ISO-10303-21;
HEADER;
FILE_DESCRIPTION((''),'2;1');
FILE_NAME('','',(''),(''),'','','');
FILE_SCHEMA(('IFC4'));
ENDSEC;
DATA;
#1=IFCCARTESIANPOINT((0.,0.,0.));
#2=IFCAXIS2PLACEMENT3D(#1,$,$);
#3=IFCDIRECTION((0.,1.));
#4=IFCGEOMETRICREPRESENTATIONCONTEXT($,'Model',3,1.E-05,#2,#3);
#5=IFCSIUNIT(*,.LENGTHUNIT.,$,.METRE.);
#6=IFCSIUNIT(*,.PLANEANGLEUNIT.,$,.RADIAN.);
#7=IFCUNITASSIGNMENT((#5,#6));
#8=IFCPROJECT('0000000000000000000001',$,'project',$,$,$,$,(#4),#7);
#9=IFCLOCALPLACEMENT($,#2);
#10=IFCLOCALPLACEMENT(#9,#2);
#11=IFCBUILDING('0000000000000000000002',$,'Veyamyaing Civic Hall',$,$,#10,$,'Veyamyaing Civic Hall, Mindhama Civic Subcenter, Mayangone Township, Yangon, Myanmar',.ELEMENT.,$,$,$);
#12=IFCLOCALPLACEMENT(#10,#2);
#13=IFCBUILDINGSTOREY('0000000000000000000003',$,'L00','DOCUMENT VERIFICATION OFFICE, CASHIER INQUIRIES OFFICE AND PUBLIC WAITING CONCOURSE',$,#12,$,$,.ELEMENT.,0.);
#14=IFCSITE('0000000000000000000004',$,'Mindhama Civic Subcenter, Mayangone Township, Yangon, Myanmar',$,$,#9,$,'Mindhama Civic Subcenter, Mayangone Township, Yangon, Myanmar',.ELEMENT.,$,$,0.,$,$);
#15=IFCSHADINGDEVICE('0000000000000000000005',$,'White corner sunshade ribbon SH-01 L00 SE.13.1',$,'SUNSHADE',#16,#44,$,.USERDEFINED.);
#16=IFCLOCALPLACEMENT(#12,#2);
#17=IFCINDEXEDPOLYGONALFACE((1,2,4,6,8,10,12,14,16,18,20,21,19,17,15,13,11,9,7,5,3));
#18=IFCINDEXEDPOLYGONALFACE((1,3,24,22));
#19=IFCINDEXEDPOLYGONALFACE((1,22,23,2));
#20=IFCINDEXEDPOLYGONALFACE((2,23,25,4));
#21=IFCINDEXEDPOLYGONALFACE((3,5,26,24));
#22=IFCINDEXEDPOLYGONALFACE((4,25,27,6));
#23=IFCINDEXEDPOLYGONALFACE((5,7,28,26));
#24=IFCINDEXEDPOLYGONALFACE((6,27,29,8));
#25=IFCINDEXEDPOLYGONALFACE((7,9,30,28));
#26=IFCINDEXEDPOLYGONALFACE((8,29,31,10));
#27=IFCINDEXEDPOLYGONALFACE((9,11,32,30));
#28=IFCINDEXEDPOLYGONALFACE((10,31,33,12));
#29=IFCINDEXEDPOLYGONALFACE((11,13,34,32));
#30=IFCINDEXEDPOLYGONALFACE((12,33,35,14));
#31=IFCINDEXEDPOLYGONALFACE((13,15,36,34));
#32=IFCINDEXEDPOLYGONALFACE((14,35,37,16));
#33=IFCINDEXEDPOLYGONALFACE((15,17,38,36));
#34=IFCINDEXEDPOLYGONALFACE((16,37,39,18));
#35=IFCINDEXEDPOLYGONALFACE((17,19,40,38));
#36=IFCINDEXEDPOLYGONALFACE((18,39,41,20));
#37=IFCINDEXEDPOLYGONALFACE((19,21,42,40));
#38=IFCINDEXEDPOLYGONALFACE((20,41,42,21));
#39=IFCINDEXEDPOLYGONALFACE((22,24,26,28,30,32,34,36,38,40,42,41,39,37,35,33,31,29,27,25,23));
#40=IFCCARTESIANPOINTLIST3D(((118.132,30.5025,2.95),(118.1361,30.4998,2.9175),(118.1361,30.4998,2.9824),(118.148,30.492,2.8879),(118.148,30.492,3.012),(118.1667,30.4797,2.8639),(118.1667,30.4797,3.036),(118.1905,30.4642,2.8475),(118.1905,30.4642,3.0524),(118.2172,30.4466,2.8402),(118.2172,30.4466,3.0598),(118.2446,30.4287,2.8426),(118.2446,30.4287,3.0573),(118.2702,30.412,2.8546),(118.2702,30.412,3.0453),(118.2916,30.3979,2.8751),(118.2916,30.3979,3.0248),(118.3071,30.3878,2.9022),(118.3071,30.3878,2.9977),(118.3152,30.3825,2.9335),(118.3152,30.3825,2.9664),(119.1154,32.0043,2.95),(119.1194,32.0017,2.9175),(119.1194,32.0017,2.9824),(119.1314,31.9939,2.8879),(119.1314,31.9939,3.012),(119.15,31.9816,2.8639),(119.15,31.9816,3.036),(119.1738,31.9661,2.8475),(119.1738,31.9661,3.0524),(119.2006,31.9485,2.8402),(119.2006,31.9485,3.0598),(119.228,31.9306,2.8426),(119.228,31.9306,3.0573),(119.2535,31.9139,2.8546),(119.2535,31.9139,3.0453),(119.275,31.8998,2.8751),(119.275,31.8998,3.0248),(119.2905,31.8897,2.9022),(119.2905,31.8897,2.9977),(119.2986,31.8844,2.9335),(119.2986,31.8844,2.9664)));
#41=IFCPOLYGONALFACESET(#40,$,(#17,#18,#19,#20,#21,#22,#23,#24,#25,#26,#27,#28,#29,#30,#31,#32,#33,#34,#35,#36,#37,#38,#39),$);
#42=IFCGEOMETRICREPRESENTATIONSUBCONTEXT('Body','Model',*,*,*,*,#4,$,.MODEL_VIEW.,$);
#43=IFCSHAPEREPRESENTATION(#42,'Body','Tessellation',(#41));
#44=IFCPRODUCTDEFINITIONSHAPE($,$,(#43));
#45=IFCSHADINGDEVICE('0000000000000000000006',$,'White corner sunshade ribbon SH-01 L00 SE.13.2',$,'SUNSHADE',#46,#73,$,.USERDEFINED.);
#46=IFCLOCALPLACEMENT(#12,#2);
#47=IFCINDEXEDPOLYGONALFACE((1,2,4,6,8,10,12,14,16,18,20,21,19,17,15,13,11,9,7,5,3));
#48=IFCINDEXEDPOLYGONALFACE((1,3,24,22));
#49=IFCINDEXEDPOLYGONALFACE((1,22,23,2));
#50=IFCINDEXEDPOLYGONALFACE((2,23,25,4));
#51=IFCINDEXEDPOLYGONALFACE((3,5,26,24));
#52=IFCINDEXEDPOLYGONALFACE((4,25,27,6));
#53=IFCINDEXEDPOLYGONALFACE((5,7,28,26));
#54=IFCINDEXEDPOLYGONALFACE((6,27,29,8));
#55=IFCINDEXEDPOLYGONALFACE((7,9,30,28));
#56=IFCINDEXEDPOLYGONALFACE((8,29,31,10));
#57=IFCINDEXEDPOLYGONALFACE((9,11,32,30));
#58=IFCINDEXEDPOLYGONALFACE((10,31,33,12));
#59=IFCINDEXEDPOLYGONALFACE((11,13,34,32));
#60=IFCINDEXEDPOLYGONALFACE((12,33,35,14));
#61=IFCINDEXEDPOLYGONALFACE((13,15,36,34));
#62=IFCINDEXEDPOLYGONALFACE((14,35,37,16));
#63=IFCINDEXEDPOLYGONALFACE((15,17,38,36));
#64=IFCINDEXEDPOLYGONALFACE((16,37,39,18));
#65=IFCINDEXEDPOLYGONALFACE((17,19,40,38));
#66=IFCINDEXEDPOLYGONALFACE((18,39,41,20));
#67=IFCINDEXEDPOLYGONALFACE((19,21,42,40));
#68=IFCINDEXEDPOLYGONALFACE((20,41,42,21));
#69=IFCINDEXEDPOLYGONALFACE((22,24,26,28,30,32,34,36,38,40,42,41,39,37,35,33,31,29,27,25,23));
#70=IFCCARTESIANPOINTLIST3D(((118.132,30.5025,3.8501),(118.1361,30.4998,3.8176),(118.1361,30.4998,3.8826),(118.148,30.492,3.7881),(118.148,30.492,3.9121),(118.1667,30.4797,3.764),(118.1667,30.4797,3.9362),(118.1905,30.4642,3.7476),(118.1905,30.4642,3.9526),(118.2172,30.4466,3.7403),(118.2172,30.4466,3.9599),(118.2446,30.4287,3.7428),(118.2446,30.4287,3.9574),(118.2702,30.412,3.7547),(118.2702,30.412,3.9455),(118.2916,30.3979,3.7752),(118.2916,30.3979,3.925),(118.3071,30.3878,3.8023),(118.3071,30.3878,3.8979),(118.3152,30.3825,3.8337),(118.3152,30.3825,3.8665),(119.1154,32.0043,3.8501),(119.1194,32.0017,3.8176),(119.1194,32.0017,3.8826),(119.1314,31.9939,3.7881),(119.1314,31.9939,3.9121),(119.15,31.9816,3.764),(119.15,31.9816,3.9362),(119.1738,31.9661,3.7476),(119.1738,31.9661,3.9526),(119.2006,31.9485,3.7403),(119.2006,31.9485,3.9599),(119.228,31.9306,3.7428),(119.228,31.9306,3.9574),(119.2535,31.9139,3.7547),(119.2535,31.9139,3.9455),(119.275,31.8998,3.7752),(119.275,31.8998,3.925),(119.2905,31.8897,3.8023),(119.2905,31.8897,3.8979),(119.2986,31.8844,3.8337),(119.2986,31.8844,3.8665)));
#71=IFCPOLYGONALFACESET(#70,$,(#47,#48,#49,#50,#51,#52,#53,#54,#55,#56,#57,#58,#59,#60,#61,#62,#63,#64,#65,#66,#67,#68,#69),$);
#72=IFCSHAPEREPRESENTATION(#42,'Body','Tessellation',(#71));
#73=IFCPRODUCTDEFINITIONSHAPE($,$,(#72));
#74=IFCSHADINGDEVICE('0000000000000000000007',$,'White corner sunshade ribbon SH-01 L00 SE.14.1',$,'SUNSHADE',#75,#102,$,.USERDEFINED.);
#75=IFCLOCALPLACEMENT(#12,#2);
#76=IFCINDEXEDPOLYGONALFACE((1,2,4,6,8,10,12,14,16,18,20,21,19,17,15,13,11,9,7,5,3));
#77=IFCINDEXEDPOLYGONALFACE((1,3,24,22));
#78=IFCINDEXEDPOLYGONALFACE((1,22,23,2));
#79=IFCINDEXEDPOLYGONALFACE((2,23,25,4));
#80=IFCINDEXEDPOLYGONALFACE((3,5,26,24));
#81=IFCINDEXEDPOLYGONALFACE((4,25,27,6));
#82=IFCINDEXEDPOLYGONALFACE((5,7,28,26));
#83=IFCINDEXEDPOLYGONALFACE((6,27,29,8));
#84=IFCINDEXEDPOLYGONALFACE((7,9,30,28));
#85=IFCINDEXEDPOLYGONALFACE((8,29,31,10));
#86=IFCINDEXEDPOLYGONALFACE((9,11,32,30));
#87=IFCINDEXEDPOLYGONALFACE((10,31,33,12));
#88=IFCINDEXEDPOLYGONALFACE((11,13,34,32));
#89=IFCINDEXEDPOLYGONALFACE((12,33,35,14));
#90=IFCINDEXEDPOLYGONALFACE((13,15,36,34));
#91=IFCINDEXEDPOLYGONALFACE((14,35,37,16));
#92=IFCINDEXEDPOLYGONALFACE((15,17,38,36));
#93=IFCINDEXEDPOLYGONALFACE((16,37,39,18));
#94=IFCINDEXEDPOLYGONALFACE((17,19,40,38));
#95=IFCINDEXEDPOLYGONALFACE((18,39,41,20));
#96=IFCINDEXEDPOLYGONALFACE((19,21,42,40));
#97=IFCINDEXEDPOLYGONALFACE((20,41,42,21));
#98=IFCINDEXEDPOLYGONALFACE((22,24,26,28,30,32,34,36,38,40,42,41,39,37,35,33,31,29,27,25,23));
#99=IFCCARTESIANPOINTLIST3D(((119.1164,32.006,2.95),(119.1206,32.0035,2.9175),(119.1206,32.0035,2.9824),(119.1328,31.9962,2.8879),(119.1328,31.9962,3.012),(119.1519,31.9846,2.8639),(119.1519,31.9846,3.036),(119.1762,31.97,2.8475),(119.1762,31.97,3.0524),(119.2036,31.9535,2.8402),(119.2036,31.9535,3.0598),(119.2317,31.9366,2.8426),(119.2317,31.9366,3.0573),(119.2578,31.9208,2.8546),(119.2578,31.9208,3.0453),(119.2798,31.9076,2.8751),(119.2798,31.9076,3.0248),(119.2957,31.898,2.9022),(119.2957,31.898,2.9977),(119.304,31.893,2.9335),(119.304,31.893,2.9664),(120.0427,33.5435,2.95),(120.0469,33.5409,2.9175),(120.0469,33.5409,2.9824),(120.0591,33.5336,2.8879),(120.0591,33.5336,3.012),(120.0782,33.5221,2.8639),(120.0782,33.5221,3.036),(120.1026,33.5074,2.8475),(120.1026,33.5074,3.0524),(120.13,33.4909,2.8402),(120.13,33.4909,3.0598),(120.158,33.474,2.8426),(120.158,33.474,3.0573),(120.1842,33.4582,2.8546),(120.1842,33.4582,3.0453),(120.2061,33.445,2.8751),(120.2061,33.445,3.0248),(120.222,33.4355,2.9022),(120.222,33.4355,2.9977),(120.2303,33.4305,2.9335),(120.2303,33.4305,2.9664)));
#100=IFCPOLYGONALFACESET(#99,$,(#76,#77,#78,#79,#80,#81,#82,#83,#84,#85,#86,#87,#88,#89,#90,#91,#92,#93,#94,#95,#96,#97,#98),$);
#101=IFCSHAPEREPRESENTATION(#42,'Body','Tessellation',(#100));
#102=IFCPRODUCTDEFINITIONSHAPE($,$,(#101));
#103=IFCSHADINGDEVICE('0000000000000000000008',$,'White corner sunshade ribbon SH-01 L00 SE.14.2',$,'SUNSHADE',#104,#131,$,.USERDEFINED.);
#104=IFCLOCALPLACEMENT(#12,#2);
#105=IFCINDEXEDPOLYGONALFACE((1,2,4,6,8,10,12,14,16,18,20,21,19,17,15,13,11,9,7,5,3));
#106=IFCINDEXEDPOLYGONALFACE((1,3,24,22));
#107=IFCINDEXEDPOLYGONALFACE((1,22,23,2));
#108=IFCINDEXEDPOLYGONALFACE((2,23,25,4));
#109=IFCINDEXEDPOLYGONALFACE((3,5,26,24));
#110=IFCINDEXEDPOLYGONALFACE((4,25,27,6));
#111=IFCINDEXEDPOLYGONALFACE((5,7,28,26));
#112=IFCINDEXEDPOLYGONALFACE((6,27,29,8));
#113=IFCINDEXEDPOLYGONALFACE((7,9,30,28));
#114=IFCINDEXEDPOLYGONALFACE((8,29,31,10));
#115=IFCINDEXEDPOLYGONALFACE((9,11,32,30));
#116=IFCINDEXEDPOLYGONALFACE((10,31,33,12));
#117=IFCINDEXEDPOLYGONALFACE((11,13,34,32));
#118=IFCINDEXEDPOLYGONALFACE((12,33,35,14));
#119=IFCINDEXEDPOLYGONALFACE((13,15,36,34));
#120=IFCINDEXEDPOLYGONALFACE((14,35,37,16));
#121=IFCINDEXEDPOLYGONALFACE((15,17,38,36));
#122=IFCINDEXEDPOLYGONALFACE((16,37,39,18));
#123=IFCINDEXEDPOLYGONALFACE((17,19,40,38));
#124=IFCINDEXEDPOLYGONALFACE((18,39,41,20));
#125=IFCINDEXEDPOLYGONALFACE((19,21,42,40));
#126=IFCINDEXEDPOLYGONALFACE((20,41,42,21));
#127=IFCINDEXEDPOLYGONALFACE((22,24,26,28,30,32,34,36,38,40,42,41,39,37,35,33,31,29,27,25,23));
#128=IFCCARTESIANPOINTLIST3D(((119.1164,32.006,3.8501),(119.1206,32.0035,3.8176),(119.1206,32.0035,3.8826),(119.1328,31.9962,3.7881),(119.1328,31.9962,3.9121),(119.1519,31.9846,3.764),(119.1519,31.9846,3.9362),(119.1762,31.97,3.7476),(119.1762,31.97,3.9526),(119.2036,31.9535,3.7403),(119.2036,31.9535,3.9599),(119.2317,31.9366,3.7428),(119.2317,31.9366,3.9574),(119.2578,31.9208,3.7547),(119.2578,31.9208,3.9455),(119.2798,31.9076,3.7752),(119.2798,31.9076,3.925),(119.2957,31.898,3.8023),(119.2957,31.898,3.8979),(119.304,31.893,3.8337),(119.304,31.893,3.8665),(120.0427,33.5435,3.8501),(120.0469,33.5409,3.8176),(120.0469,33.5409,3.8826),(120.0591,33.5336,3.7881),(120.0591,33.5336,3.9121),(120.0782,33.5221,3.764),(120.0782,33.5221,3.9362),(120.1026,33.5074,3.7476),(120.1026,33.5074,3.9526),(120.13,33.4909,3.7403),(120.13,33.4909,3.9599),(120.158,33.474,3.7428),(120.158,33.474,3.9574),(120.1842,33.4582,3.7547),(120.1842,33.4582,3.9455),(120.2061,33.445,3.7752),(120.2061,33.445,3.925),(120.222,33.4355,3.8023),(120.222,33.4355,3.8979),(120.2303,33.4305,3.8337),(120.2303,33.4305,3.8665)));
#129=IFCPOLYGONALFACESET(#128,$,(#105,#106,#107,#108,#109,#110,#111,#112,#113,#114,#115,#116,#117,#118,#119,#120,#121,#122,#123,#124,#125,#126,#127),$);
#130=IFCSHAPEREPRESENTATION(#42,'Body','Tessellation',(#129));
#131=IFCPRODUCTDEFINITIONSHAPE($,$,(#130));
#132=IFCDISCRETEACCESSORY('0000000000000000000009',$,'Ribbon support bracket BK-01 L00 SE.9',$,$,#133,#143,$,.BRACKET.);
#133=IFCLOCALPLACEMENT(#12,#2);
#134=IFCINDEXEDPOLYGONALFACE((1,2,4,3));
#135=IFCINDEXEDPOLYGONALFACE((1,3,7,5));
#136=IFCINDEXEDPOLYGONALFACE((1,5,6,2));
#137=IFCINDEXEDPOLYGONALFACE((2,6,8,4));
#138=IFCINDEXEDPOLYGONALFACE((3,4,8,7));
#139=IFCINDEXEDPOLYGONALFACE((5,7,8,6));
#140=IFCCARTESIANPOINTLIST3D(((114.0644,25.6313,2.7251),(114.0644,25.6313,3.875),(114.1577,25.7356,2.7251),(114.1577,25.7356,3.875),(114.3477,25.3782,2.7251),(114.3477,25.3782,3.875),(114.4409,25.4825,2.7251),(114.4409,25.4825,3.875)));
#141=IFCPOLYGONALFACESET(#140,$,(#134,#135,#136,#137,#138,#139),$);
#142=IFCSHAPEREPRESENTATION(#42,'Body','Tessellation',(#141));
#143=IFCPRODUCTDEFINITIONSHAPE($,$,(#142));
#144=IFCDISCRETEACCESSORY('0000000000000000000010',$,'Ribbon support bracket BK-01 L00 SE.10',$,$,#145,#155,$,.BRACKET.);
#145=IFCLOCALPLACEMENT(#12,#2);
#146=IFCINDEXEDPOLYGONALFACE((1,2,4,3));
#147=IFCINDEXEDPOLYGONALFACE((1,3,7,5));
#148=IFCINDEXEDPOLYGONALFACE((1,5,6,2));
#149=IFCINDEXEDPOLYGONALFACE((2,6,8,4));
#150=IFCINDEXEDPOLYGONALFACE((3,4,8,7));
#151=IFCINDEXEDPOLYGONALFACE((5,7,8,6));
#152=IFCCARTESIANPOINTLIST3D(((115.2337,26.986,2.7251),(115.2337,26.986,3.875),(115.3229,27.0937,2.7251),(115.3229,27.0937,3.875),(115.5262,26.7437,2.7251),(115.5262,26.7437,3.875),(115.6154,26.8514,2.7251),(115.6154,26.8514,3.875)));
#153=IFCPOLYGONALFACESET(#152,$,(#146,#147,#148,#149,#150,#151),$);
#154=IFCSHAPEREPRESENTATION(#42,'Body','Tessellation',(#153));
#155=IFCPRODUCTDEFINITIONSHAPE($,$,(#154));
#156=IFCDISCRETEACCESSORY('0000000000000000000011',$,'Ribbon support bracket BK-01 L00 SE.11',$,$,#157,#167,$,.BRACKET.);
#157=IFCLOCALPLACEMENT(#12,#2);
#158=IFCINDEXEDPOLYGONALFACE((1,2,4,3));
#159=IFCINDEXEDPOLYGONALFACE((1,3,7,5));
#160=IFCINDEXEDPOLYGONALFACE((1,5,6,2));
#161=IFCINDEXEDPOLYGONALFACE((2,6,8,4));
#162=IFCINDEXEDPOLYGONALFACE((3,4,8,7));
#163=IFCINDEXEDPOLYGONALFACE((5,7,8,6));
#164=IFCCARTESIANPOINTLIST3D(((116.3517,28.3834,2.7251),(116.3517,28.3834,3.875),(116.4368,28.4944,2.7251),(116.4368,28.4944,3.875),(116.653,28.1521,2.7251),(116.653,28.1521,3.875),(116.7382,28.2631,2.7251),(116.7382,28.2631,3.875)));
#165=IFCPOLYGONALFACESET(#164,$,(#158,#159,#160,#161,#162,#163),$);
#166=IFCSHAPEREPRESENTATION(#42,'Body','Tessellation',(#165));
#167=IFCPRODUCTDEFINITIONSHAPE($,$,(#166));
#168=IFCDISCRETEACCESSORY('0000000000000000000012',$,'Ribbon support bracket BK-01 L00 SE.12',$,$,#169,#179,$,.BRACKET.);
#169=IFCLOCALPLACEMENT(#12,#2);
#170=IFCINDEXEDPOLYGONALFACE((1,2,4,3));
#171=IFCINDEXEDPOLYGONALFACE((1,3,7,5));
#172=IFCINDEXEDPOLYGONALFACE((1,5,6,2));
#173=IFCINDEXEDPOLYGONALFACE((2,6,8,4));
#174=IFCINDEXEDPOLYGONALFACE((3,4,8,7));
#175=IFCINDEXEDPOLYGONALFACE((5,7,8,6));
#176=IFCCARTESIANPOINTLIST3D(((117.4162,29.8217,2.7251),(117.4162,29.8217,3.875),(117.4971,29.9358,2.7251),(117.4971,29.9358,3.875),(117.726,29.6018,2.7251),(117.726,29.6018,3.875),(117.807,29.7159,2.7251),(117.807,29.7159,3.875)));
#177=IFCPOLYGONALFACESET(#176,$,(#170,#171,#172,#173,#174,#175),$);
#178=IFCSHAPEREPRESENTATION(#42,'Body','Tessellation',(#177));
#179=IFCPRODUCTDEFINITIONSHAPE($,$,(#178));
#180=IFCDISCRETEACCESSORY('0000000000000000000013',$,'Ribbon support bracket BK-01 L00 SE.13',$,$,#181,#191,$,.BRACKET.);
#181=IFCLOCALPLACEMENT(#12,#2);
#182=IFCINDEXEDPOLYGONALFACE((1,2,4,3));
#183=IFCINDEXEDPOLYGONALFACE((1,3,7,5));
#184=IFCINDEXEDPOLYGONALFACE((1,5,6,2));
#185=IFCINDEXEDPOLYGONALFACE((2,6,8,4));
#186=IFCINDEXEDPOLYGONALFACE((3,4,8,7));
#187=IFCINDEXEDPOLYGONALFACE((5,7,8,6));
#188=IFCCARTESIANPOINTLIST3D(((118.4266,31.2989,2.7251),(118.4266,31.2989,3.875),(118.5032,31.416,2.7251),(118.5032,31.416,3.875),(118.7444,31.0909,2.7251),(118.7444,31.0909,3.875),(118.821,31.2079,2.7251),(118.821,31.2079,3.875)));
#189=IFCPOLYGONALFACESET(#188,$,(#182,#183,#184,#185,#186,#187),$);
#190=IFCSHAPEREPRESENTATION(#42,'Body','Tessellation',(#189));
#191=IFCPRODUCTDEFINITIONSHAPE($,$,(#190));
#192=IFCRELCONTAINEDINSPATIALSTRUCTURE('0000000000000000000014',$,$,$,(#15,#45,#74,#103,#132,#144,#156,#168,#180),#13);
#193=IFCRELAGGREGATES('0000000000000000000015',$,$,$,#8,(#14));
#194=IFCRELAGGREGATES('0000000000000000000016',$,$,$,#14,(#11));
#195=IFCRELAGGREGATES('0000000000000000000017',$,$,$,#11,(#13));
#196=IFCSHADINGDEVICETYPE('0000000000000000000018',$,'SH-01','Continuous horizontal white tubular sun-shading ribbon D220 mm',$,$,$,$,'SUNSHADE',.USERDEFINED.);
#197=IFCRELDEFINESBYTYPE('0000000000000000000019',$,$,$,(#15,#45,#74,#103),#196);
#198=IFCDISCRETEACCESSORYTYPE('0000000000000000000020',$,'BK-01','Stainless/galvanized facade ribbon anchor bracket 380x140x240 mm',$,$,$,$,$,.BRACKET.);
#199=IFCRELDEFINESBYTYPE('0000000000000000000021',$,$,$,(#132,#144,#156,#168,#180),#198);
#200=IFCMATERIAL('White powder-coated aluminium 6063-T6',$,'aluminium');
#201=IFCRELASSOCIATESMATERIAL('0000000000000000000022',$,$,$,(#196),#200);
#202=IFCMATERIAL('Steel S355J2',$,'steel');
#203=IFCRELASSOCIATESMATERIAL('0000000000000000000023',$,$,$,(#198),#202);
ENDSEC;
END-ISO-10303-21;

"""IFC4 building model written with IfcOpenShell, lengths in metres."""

from ifc_helpers import new_model, si_unit, direction, frame, origin, origin_2d, place, context, subcontext, project, spatial, rectangle, circle, extrude, material, material_profile, profile_set, type_object, element, save


model = new_model("IFC4")

# Units and contexts
model_context = context("Model", 3, precision=1e-05, world=origin(), true_north=direction((0.0, 1.0)))
body_context = subcontext(model_context, "Body", "Model", "MODEL_VIEW")
ifc_project = project(units=[si_unit("LENGTHUNIT", "METRE"), si_unit("PLANEANGLEUNIT", "RADIAN")], contexts=[model_context])

# Site, building, storey
site_placement = place(None, origin())
site = spatial("IfcSite", under=ifc_project, at=site_placement, Name="Mindhama Civic Subcenter, Mayangone Township, Yangon, Myanmar", LongName="Mindhama Civic Subcenter, Mayangone Township, Yangon, Myanmar", CompositionType="ELEMENT", RefElevation=0.0)
building_placement = place(site_placement, origin())
building = spatial("IfcBuilding", under=site, at=building_placement, Name="Veyamyaing Civic Hall", LongName="Veyamyaing Civic Hall, Mindhama Civic Subcenter, Mayangone Township, Yangon, Myanmar", CompositionType="ELEMENT")
storey_placement = place(building_placement, origin())
storey = spatial("IfcBuildingStorey", under=building, at=storey_placement, Name="L00", Description="DOCUMENT VERIFICATION OFFICE, CASHIER INQUIRIES OFFICE AND PUBLIC WAITING CONCOURSE", CompositionType="ELEMENT", Elevation=0.0)

# Shared definitions
ifc_material_1 = material(Name="White powder-coated aluminium 6063-T6", Category="aluminium")

# Shading devices
ifc_material_profile_1 = material_profile(ifc_material_1, circle(Radius=0.1101, at=origin_2d()), Name="SHADE-TUBE-220")
ifc_profile_set_1 = profile_set([ifc_material_profile_1], Name="White powder-coated aluminium 6063-T6")
shading_device_type = type_object("IfcShadingDeviceType", Name="SH-01", Description="Continuous horizontal white tubular sun-shading ribbon D220 mm", ElementType="SUNSHADE", PredefinedType="USERDEFINED", material=ifc_profile_set_1)
for number, where, z_axis, x_axis, name in (
    (1, (118.2241, 30.4421, 2.95), (0.547777, 0.836624, 0.0), (-0.836624, 0.547777, 0.0), "White corner sunshade ribbon SH-01 L00 SE.13.1"),
    (2, (118.2241, 30.4421, 3.8501), (0.547777, 0.836624, 0.0), (-0.836624, 0.547777, 0.0), "White corner sunshade ribbon SH-01 L00 SE.13.2"),
):
    element("IfcShadingDevice", number, at=place(storey_placement, frame(where, z_axis=z_axis, x_axis=x_axis)), inside=storey, type_object=shading_device_type, Name=name, ObjectType="SUNSHADE", PredefinedType="USERDEFINED", context=body_context, shape_type="SweptSolid", body=[
        extrude(circle(Radius=0.1101, at=origin_2d()), origin(), (0.0, 0.0, 1.0), 1.7952),
    ])
for number, where, z_axis, x_axis, name in (
    (3, (119.2107, 31.9492, 2.95), (0.516075, 0.856543, 0.0), (-0.856543, 0.516075, 0.0), "White corner sunshade ribbon SH-01 L00 SE.14.1"),
    (4, (119.2107, 31.9492, 3.8501), (0.516075, 0.856543, 0.0), (-0.856543, 0.516075, 0.0), "White corner sunshade ribbon SH-01 L00 SE.14.2"),
):
    element("IfcShadingDevice", number, at=place(storey_placement, frame(where, z_axis=z_axis, x_axis=x_axis)), inside=storey, type_object=shading_device_type, Name=name, ObjectType="SUNSHADE", PredefinedType="USERDEFINED", context=body_context, shape_type="SweptSolid", body=[
        extrude(circle(Radius=0.1101, at=origin_2d()), origin(), (0.0, 0.0, 1.0), 1.7949),
    ])

# Discrete accessories
ifc_material_2 = material(Name="Steel S355J2", Category="steel")
discrete_accessory_type = type_object("IfcDiscreteAccessoryType", Name="BK-01", Description="Stainless/galvanized facade ribbon anchor bracket 380x140x240 mm", PredefinedType="BRACKET", material=ifc_material_2)
for number, where, z_axis, x_axis, name in (
    (5, (114.2527, 25.5569, 2.7251), (0.0, 0.0, 1.0), (0.745642, -0.666347, 0.0), "Ribbon support bracket BK-01 L00 SE.9"),
    (6, (115.4246, 26.9187, 2.7251), (0.0, 0.0, 1.0), (0.770036, -0.638, 0.0), "Ribbon support bracket BK-01 L00 SE.10"),
    (7, (116.5449, 28.3232, 2.7251), (0.0, 0.0, 1.0), (0.793353, -0.608761, 0.0), "Ribbon support bracket BK-01 L00 SE.11"),
    (8, (117.6116, 29.7688, 2.7251), (0.0, 0.0, 1.0), (0.815561, -0.578671, 0.0), "Ribbon support bracket BK-01 L00 SE.12"),
    (9, (118.6238, 31.2534, 2.7251), (0.0, 0.0, 1.0), (0.836628, -0.547772, 0.0), "Ribbon support bracket BK-01 L00 SE.13"),
):
    element("IfcDiscreteAccessory", number, at=place(storey_placement, frame(where, z_axis=z_axis, x_axis=x_axis)), inside=storey, type_object=discrete_accessory_type, Name=name, PredefinedType="BRACKET", context=body_context, shape_type="SweptSolid", body=[
        extrude(rectangle(XDim=0.3799, YDim=0.1399, at=origin_2d()), origin(), (0.0, 0.0, 1.0), 1.1499),
    ])

save(model, "model.ifc")
